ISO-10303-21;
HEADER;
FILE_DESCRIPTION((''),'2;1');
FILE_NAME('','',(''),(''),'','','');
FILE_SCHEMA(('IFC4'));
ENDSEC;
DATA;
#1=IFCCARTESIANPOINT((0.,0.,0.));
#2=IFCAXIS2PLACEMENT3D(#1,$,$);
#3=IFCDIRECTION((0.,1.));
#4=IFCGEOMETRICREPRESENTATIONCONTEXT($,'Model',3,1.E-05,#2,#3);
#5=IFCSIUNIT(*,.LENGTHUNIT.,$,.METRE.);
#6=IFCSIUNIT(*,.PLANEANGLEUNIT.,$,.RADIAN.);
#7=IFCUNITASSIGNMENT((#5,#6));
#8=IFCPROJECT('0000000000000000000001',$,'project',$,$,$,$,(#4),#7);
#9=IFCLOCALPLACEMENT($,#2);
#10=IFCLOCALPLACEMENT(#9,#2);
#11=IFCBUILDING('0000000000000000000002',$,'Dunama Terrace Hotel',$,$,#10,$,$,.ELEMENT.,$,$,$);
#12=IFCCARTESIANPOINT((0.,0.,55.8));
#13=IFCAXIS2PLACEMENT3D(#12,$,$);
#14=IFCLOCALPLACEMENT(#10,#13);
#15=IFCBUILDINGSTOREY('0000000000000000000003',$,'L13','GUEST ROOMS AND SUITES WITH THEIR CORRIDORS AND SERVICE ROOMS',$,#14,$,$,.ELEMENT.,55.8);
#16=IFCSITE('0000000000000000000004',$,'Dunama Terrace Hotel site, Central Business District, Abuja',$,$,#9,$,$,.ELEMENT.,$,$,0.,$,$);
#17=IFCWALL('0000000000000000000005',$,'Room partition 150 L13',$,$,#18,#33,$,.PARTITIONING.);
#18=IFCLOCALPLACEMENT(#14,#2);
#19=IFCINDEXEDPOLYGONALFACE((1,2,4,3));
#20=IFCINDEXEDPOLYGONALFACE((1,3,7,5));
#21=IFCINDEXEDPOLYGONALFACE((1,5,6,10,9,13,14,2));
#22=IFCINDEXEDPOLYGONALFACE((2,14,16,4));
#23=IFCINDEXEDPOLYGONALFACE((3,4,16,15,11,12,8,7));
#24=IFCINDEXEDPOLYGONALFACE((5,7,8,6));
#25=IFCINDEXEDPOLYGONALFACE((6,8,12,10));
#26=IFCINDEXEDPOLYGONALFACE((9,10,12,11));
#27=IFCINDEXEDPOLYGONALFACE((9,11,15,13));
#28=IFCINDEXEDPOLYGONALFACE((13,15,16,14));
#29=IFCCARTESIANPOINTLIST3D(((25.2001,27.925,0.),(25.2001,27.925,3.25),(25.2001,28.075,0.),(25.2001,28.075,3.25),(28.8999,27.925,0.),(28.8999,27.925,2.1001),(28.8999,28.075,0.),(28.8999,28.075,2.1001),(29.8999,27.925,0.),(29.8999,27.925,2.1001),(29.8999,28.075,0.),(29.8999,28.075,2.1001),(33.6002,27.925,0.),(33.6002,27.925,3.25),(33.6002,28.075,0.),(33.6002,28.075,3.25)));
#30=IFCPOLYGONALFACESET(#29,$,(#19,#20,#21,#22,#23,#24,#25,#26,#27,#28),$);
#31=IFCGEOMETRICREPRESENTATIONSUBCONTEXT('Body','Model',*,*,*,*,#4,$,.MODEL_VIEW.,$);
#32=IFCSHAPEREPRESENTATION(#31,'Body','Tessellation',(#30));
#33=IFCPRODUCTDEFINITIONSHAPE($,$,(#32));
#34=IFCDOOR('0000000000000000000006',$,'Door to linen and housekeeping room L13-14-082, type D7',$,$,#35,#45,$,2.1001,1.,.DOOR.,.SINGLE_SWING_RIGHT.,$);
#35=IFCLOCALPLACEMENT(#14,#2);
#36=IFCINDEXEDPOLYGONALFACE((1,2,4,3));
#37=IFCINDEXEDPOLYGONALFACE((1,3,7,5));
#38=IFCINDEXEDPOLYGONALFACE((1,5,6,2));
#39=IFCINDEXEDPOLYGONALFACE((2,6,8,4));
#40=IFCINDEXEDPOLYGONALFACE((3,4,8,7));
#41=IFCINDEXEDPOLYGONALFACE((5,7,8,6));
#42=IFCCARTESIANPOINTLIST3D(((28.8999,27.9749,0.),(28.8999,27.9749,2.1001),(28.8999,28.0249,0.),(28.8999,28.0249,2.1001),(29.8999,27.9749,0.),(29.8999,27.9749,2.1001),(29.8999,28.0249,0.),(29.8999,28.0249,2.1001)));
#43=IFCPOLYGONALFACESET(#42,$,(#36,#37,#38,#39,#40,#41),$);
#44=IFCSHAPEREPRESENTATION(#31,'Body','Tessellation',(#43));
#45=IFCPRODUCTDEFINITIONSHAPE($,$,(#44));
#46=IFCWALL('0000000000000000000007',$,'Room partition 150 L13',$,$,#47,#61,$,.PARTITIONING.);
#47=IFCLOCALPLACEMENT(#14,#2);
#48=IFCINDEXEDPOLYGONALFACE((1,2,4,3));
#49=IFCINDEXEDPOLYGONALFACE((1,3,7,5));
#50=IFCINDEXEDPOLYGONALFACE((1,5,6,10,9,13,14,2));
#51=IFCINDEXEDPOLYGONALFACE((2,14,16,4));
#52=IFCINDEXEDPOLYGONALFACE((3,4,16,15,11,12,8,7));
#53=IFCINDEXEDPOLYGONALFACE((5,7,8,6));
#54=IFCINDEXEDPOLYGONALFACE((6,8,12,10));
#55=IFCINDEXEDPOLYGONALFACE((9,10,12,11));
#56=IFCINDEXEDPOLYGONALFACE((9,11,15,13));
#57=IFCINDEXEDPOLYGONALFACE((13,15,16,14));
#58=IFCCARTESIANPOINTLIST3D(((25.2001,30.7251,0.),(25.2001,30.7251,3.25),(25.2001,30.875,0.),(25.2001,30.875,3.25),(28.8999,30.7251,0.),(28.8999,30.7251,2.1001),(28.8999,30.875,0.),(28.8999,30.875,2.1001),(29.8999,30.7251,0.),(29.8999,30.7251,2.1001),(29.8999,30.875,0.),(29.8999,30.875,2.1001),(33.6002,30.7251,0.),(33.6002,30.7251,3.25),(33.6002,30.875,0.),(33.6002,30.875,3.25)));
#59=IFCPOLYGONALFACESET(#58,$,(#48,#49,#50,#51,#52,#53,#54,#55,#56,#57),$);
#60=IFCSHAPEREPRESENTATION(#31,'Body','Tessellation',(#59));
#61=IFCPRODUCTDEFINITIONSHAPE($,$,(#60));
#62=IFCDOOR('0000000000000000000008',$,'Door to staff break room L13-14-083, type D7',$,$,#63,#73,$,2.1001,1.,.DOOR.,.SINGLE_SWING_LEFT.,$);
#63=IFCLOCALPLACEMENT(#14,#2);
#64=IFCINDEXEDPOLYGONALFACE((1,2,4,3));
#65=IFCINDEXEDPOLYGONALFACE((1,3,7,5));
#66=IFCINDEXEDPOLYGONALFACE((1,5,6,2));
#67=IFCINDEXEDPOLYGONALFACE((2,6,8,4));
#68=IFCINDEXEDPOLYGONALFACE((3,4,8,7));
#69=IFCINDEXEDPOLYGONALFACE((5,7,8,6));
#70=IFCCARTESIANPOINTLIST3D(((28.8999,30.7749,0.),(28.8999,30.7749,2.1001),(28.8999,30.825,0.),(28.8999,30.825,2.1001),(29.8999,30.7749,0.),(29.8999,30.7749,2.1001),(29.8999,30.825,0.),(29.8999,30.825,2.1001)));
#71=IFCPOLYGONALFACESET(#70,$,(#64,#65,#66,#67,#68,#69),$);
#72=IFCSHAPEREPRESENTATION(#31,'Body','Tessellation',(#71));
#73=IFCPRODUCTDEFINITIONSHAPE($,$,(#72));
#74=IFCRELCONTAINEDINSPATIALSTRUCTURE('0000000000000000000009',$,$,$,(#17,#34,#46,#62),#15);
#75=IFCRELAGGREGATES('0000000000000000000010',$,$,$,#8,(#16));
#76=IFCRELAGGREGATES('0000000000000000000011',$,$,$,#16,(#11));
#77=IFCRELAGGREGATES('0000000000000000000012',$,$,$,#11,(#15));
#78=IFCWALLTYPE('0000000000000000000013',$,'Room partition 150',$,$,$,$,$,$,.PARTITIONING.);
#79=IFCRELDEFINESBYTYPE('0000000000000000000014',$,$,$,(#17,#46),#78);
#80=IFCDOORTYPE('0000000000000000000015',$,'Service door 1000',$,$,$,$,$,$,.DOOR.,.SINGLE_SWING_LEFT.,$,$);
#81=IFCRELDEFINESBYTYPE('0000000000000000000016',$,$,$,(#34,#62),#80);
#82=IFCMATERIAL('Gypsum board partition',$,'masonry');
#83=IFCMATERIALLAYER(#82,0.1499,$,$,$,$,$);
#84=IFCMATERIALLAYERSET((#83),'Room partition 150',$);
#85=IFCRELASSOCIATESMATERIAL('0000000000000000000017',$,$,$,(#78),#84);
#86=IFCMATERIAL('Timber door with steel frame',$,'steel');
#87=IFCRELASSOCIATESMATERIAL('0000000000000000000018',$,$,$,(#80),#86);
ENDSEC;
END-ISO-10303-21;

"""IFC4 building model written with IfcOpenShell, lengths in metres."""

from ifc_helpers import new_model, si_unit, direction, frame, frame_2d, origin, place, context, subcontext, project, spatial, rectangle, extrude, material, layer, layer_set, type_object, element, fill, save


model = new_model("IFC4")

# Units and contexts
model_context = context("Model", 3, precision=1e-05, world=origin(), true_north=direction((0.0, 1.0)))
body_context = subcontext(model_context, "Body", "Model", "MODEL_VIEW")
ifc_project = project(units=[si_unit("LENGTHUNIT", "METRE"), si_unit("PLANEANGLEUNIT", "RADIAN")], contexts=[model_context])

# Site, building, storey
site_placement = place(None, origin())
site = spatial("IfcSite", under=ifc_project, at=site_placement, Name="Dunama Terrace Hotel site, Central Business District, Abuja", CompositionType="ELEMENT", RefElevation=0.0)
building_placement = place(site_placement, origin())
building = spatial("IfcBuilding", under=site, at=building_placement, Name="Dunama Terrace Hotel", CompositionType="ELEMENT")
storey_placement = place(building_placement, frame((0.0, 0.0, 55.8)))
storey = spatial("IfcBuildingStorey", under=building, at=storey_placement, Name="L13", Description="GUEST ROOMS AND SUITES WITH THEIR CORRIDORS AND SERVICE ROOMS", CompositionType="ELEMENT", Elevation=55.8)

# Walls, openings, doors
ifc_material_1 = material(Name="Gypsum board partition", Category="masonry")
ifc_layer_1 = layer(ifc_material_1, 0.1499)
ifc_layer_set_1 = layer_set([ifc_layer_1], Name="Room partition 150")
wall_type_1 = type_object("IfcWallType", Name="Room partition 150", PredefinedType="PARTITIONING", material=ifc_layer_set_1)
wall_1_placement = place(storey_placement, frame((25.2, 28.0, 0.0), z_axis=(0.0, 0.0, 1.0), x_axis=(1.0, 0.0, 0.0)))
wall_1 = element("IfcWall", 1, at=wall_1_placement, inside=storey, type_object=wall_type_1, Name="Room partition 150 L13", PredefinedType="PARTITIONING", context=body_context, shape_type="SweptSolid", body=[
    extrude(rectangle(XDim=8.4001, YDim=0.1499, at=frame_2d((4.2002, 0.0))), origin(), (0.0, 0.0, 1.0), 3.25),
])
opening_1_placement = place(wall_1_placement, frame((3.7, 0.0, 0.0)))
opening_1 = element("IfcOpeningElement", 2, at=opening_1_placement, cuts=wall_1, PredefinedType="OPENING", context=body_context, shape_type="SweptSolid", body=[
    extrude(rectangle(XDim=1.0, YDim=2.1001, at=frame_2d((0.5, 1.05))), frame((0.0, 0.085, 0.0), z_axis=(0.0, -1.0, 0.0), x_axis=(1.0, 0.0, 0.0)), (0.0, 0.0, 1.0), 0.1699),
])
ifc_material_2 = material(Name="Timber door with steel frame", Category="steel")
door_type_1 = type_object("IfcDoorType", Name="Service door 1000", OperationType="SINGLE_SWING_LEFT", PredefinedType="DOOR", material=ifc_material_2)
door_1_placement = place(opening_1_placement, frame((1.0, 0.0, 0.0), z_axis=(0.0, 0.0, 1.0), x_axis=(-1.0, 0.0, 0.0)))
door_1 = element("IfcDoor", 3, at=door_1_placement, inside=storey, type_object=door_type_1, Name="Door to linen and housekeeping room L13-14-082, type D7", OperationType="SINGLE_SWING_RIGHT", OverallHeight=2.1001, OverallWidth=1.0, PredefinedType="DOOR", context=body_context, shape_type="SweptSolid", body=[
    extrude(rectangle(XDim=1.0, YDim=2.1001, at=frame_2d((0.5, 1.05))), frame((0.0, 0.0251, 0.0), z_axis=(0.0, -1.0, 0.0), x_axis=(1.0, 0.0, 0.0)), (0.0, 0.0, 1.0), 0.05),
])
fill(opening_1, door_1)
wall_2_placement = place(storey_placement, frame((25.2, 30.8, 0.0), z_axis=(0.0, 0.0, 1.0), x_axis=(1.0, 0.0, 0.0)))
wall_2 = element("IfcWall", 4, at=wall_2_placement, inside=storey, type_object=wall_type_1, Name="Room partition 150 L13", PredefinedType="PARTITIONING", context=body_context, shape_type="SweptSolid", body=[
    extrude(rectangle(XDim=8.4001, YDim=0.1499, at=frame_2d((4.2002, 0.0))), origin(), (0.0, 0.0, 1.0), 3.25),
])
opening_2_placement = place(wall_2_placement, frame((3.7, 0.0, 0.0)))
opening_2 = element("IfcOpeningElement", 5, at=opening_2_placement, cuts=wall_2, PredefinedType="OPENING", context=body_context, shape_type="SweptSolid", body=[
    extrude(rectangle(XDim=1.0, YDim=2.1001, at=frame_2d((0.5, 1.05))), frame((0.0, 0.085, 0.0), z_axis=(0.0, -1.0, 0.0), x_axis=(1.0, 0.0, 0.0)), (0.0, 0.0, 1.0), 0.1699),
])
door_2_placement = place(opening_2_placement, origin())
door_2 = element("IfcDoor", 6, at=door_2_placement, inside=storey, type_object=door_type_1, Name="Door to staff break room L13-14-083, type D7", OperationType="SINGLE_SWING_LEFT", OverallHeight=2.1001, OverallWidth=1.0, PredefinedType="DOOR", context=body_context, shape_type="SweptSolid", body=[
    extrude(rectangle(XDim=1.0, YDim=2.1001, at=frame_2d((0.5, 1.05))), frame((0.0, 0.0249, 0.0), z_axis=(0.0, -1.0, 0.0), x_axis=(1.0, 0.0, 0.0)), (0.0, 0.0, 1.0), 0.05),
])
fill(opening_2, door_2)

save(model, "model.ifc")
